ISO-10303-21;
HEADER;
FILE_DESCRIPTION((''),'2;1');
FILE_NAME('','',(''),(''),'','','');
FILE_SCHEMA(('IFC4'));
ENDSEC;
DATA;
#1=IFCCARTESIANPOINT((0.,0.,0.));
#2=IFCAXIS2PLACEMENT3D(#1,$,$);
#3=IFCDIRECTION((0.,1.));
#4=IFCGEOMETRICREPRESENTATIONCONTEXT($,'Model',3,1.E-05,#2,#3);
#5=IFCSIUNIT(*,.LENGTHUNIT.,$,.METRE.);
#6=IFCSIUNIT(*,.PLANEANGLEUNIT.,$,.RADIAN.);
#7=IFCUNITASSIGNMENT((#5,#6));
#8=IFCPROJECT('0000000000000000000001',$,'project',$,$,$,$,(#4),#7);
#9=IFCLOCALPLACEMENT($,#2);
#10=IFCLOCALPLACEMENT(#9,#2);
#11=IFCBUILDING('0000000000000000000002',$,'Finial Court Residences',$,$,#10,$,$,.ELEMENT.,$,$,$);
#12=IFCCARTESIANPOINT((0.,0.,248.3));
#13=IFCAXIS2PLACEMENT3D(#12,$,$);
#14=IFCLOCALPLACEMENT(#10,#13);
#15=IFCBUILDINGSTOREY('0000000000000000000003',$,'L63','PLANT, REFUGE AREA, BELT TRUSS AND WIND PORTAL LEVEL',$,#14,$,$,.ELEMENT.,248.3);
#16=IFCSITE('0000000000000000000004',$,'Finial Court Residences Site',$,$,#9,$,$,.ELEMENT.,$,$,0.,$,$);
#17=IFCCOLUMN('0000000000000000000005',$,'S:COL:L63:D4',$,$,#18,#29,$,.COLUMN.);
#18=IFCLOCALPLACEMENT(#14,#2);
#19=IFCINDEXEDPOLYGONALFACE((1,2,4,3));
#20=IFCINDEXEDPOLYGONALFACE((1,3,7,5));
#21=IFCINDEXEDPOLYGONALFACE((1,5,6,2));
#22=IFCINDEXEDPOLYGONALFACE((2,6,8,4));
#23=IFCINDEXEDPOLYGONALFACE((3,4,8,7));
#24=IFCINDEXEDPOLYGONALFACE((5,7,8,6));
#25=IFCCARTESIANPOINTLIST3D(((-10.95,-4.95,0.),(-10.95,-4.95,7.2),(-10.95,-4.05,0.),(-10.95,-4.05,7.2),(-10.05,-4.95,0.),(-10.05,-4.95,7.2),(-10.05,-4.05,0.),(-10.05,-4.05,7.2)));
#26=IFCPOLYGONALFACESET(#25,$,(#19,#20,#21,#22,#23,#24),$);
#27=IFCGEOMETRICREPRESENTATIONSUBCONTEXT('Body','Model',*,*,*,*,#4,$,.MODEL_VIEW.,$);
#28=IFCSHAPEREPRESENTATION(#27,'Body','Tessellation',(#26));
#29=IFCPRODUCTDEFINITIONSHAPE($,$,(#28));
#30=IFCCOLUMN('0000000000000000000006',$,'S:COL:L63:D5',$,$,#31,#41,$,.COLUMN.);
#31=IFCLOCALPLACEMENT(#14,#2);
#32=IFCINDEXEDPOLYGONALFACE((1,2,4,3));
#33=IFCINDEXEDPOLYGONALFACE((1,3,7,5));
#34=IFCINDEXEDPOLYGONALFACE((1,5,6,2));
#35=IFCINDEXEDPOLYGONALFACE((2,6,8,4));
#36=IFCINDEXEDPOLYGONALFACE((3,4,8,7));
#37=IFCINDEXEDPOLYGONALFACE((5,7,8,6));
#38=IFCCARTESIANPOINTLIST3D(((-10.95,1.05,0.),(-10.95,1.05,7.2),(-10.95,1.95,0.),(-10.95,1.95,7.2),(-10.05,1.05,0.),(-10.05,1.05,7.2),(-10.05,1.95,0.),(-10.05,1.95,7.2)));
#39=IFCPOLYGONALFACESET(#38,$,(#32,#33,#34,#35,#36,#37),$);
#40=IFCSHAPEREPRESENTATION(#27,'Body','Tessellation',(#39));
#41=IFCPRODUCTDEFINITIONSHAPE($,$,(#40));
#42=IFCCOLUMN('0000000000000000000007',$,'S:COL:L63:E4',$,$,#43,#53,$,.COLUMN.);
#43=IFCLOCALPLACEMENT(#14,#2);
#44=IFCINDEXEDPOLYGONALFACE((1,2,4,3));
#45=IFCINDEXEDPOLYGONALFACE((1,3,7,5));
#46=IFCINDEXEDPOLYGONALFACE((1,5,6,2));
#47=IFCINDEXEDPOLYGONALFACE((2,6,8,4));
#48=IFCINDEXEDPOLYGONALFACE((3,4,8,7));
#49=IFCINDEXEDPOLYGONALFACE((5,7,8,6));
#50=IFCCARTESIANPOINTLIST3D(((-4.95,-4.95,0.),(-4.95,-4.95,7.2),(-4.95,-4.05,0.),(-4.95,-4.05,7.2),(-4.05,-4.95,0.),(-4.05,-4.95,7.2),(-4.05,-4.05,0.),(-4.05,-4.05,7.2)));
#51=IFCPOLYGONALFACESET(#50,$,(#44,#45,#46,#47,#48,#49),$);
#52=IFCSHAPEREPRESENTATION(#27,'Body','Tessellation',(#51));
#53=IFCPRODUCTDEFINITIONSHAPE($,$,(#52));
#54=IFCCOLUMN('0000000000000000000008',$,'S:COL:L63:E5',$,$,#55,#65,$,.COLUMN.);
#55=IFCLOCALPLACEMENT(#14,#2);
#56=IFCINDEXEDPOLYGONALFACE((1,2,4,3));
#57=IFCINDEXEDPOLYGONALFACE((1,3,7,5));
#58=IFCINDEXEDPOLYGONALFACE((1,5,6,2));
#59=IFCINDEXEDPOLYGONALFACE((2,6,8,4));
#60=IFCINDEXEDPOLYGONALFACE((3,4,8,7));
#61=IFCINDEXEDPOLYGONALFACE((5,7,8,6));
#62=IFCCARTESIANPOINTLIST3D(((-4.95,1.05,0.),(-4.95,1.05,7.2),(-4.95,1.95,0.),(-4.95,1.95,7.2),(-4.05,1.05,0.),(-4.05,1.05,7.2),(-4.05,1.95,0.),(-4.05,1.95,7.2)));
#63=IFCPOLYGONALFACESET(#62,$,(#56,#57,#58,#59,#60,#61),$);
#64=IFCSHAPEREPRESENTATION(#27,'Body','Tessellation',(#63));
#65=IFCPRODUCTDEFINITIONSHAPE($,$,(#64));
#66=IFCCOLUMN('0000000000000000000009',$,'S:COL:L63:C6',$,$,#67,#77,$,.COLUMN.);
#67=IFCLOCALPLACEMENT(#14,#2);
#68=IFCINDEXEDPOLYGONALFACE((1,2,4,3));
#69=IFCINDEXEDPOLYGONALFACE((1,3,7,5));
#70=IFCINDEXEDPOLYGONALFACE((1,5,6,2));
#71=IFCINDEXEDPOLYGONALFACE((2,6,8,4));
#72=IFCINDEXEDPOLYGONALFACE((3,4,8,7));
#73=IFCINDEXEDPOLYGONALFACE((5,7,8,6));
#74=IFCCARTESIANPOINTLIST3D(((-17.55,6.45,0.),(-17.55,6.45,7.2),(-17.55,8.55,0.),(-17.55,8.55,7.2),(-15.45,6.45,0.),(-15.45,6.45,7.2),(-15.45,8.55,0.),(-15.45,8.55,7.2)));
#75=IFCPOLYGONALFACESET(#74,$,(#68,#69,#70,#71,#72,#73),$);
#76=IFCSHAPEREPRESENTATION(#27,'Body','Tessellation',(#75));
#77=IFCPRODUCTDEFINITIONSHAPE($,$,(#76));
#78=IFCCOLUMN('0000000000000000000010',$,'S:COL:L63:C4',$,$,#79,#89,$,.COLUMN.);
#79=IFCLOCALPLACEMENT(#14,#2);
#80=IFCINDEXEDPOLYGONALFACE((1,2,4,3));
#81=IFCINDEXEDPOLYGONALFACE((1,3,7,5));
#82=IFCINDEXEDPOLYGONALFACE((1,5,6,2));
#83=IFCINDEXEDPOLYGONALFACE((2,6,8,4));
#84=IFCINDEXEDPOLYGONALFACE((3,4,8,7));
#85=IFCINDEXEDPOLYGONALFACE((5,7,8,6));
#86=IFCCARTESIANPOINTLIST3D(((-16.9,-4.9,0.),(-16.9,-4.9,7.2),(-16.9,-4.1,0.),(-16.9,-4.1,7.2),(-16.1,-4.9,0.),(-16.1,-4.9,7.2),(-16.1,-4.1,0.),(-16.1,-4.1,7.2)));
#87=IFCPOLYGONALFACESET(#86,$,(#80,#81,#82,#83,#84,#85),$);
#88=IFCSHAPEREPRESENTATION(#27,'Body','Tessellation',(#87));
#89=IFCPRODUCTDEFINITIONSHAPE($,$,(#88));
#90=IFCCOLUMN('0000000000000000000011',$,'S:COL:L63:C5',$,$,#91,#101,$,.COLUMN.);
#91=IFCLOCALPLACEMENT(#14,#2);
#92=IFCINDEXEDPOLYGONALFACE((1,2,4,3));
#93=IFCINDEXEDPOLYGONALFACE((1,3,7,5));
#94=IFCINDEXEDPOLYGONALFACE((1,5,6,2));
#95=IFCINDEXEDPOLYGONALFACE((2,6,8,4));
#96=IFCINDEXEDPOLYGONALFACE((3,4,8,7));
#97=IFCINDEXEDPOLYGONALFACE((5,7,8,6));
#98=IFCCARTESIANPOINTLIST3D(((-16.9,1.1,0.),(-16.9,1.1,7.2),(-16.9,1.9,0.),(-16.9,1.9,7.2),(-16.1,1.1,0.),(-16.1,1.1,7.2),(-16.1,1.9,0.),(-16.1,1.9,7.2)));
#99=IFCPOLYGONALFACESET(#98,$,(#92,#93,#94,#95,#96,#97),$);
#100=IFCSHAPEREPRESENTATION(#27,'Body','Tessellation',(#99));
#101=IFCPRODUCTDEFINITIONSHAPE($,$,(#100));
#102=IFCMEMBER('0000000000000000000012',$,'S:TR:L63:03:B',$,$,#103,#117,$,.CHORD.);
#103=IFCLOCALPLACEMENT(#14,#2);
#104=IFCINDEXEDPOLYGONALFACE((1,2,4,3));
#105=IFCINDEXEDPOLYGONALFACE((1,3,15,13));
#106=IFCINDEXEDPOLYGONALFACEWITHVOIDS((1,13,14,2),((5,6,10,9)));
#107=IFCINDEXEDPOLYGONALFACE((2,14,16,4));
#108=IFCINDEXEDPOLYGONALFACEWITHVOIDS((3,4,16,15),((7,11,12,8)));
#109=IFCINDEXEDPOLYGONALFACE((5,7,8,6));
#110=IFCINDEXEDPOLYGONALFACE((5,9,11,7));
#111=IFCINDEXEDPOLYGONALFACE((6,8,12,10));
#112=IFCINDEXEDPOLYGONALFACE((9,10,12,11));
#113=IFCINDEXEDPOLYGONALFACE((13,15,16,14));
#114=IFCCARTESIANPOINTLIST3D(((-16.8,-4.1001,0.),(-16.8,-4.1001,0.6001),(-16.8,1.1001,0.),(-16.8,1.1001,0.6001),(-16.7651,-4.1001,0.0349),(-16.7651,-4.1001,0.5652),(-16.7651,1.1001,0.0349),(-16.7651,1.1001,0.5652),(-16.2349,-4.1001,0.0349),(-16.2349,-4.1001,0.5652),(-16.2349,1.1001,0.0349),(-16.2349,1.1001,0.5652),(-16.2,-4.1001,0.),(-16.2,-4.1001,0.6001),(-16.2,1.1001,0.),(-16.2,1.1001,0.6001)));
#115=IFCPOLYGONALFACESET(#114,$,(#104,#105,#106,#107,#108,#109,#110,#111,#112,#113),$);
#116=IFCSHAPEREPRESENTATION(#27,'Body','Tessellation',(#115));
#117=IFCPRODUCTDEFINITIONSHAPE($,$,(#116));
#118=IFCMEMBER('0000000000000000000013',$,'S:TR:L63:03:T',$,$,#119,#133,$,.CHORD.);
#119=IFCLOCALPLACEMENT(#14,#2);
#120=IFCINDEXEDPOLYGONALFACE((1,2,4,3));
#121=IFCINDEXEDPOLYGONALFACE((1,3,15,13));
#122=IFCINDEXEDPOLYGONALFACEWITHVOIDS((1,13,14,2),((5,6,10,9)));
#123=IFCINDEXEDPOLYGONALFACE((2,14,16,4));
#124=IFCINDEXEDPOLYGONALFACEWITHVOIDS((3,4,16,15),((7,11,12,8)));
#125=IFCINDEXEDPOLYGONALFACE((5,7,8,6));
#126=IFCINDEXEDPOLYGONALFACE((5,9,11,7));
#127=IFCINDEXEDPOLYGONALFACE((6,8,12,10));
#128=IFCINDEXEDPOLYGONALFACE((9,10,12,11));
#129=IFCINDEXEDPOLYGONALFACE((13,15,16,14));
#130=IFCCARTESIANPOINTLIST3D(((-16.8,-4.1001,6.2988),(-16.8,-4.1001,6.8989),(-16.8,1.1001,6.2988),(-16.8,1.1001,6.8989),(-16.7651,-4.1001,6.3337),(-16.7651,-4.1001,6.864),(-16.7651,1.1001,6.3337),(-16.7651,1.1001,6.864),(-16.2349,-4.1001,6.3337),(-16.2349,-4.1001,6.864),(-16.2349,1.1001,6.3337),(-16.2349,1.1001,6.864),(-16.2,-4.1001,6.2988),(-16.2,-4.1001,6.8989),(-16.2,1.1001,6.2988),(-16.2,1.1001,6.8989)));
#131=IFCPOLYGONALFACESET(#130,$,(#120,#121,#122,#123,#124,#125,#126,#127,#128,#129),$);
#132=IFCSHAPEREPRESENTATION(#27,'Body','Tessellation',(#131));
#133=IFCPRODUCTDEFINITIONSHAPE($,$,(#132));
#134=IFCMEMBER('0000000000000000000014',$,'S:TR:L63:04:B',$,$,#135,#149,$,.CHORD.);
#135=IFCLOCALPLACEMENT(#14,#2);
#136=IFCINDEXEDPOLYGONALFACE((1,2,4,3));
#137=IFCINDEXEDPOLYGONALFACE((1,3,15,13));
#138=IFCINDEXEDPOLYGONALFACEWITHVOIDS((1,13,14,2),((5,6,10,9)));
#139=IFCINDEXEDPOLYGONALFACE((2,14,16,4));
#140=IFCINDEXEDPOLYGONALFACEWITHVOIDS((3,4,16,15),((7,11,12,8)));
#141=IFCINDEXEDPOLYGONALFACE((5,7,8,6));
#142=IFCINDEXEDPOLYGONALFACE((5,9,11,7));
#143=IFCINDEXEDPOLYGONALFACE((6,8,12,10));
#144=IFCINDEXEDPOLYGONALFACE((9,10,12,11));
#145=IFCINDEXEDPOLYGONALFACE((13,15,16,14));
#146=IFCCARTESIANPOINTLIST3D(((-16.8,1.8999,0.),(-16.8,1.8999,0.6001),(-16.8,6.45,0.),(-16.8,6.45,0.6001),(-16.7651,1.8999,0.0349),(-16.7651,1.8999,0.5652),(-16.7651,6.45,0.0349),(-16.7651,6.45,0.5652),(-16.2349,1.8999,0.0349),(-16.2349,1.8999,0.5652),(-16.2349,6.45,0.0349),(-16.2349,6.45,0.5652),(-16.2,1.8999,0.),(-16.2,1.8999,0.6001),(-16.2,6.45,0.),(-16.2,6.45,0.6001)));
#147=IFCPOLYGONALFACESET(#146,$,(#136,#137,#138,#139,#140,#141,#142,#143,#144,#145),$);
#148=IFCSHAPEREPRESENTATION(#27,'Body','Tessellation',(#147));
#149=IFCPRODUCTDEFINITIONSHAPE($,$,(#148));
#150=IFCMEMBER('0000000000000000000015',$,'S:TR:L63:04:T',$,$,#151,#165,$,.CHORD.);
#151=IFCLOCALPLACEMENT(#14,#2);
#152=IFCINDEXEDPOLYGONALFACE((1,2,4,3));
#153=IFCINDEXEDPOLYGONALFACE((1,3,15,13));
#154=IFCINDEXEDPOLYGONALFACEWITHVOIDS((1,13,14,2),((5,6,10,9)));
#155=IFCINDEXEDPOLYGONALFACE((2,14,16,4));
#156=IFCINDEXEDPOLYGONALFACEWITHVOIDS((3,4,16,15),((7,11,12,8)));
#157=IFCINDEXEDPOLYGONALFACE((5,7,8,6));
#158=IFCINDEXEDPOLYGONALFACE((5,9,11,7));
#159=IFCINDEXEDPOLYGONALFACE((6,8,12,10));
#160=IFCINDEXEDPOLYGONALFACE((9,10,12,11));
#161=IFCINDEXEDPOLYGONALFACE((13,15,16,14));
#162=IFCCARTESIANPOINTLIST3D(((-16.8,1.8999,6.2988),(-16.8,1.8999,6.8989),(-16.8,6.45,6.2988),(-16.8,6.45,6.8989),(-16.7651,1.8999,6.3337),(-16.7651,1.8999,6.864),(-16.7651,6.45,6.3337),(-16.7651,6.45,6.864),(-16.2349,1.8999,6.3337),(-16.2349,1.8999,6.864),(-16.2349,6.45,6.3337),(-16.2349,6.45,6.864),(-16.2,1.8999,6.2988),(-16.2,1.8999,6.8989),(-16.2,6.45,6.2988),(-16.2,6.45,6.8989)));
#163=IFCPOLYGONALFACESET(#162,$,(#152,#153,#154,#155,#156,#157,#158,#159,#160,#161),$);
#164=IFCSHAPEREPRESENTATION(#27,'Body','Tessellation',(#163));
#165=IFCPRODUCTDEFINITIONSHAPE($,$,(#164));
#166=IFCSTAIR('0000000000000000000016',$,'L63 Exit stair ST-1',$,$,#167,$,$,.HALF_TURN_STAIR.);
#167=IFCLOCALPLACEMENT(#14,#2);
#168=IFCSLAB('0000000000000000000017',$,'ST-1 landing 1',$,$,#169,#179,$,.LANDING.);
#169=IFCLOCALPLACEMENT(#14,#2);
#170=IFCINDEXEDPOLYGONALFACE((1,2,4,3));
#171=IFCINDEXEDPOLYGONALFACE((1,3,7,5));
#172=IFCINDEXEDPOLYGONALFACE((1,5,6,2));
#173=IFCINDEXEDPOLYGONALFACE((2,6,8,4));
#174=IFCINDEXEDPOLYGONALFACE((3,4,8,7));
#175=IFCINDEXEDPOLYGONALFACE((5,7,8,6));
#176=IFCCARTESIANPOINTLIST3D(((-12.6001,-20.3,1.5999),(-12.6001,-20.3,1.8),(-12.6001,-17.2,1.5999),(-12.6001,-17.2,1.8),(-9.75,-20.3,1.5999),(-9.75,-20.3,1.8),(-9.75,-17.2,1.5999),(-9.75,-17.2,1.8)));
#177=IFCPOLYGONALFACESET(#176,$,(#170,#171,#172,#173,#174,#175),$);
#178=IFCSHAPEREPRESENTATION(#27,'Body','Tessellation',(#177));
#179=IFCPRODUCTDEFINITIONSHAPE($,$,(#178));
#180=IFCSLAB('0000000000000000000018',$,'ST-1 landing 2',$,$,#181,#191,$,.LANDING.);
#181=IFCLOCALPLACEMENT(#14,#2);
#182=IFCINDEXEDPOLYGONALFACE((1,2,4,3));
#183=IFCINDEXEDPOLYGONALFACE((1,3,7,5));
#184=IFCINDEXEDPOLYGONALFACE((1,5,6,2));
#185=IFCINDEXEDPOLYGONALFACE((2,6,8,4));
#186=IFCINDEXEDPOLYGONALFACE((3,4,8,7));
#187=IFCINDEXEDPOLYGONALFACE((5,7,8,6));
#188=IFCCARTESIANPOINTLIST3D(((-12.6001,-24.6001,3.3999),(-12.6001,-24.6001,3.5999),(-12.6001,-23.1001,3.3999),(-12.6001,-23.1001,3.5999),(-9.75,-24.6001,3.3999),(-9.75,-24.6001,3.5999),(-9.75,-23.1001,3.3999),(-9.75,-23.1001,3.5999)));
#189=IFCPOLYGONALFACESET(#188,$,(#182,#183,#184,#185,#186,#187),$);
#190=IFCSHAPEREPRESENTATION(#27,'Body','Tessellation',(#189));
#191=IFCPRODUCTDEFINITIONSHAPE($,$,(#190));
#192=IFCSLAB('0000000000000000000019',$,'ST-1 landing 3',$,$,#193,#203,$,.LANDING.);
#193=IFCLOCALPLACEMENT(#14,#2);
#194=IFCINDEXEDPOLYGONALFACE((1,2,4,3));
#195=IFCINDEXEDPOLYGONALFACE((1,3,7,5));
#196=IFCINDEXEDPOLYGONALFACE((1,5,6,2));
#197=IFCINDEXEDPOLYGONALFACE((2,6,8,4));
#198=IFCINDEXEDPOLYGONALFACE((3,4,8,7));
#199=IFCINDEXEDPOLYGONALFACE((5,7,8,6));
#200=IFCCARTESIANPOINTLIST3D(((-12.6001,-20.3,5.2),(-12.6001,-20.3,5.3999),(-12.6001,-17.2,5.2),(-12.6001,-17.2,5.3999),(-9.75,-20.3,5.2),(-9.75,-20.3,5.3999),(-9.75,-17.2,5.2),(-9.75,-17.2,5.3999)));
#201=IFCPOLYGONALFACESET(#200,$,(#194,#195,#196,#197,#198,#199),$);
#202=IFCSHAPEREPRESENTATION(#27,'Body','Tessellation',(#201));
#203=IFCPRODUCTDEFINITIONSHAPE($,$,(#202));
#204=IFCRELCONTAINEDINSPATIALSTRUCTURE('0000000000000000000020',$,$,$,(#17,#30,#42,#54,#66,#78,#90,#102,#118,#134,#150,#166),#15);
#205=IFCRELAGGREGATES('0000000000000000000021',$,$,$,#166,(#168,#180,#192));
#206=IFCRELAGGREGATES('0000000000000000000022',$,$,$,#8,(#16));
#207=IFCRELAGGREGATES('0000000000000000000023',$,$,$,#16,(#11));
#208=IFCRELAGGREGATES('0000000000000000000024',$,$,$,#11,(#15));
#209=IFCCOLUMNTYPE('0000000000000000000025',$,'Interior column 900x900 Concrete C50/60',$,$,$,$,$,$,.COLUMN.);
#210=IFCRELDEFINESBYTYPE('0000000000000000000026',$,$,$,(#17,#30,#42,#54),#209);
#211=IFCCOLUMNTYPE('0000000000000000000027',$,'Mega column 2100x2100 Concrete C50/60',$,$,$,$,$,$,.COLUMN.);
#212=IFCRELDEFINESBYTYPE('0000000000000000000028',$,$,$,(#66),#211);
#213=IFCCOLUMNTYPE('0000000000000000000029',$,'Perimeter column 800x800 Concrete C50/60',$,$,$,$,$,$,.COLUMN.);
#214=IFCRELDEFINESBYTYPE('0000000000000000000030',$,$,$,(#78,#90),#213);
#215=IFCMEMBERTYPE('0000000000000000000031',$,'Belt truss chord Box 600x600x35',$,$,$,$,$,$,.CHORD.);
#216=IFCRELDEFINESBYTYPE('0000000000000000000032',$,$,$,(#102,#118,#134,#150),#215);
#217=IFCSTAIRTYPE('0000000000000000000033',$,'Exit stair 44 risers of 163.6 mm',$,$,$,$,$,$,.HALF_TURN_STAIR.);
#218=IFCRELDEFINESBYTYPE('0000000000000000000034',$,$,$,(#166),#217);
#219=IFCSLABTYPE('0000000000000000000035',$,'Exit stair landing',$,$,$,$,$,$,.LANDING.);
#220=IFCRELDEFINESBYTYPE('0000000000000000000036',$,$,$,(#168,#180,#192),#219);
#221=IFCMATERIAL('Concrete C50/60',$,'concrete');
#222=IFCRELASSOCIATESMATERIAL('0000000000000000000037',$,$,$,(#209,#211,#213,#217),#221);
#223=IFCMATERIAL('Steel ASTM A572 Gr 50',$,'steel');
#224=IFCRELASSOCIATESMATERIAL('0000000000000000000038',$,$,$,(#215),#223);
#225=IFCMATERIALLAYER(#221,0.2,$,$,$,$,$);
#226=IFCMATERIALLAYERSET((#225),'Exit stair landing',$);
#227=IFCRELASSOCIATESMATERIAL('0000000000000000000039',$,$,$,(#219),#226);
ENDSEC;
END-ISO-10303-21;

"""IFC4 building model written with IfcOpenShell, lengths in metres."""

from ifc_helpers import new_model, si_unit, direction, frame, origin, origin_2d, place, context, subcontext, project, spatial, polyline, rectangle, hollow_rectangle, outline, extrude, material, layer, layer_set, material_profile, profile_set, type_object, element, aggregate, save


model = new_model("IFC4")

# Units and contexts
model_context = context("Model", 3, precision=1e-05, world=origin(), true_north=direction((0.0, 1.0)))
body_context = subcontext(model_context, "Body", "Model", "MODEL_VIEW")
ifc_project = project(units=[si_unit("LENGTHUNIT", "METRE"), si_unit("PLANEANGLEUNIT", "RADIAN")], contexts=[model_context])

# Site, building, storey
site_placement = place(None, origin())
site = spatial("IfcSite", under=ifc_project, at=site_placement, Name="Finial Court Residences Site", CompositionType="ELEMENT", RefElevation=0.0)
building_placement = place(site_placement, origin())
building = spatial("IfcBuilding", under=site, at=building_placement, Name="Finial Court Residences", CompositionType="ELEMENT")
storey_placement = place(building_placement, frame((0.0, 0.0, 248.3)))
storey = spatial("IfcBuildingStorey", under=building, at=storey_placement, Name="L63", Description="PLANT, REFUGE AREA, BELT TRUSS AND WIND PORTAL LEVEL", CompositionType="ELEMENT", Elevation=248.3)

# Columns
ifc_material_1 = material(Name="Concrete C50/60", Category="concrete")
ifc_material_profile_1 = material_profile(ifc_material_1, rectangle(XDim=0.8999, YDim=0.8999, at=origin_2d()), Name="900x900")
ifc_profile_set_1 = profile_set([ifc_material_profile_1], Name="Concrete C50/60")
column_type_1 = type_object("IfcColumnType", Name="Interior column 900x900 Concrete C50/60", PredefinedType="COLUMN", material=ifc_profile_set_1)
for number, where, z_axis, x_axis, name in (
    (1, (-10.5, -4.5, 0.0), (0.0, 0.0, 1.0), (1.0, 0.0, 0.0), "S:COL:L63:D4"),
    (2, (-10.5, 1.5, 0.0), (0.0, 0.0, 1.0), (1.0, 0.0, 0.0), "S:COL:L63:D5"),
    (3, (-4.5, -4.5, 0.0), (0.0, 0.0, 1.0), (1.0, 0.0, 0.0), "S:COL:L63:E4"),
    (4, (-4.5, 1.5, 0.0), (0.0, 0.0, 1.0), (1.0, 0.0, 0.0), "S:COL:L63:E5"),
):
    element("IfcColumn", number, at=place(storey_placement, frame(where, z_axis=z_axis, x_axis=x_axis)), inside=storey, type_object=column_type_1, Name=name, PredefinedType="COLUMN", context=body_context, shape_type="SweptSolid", body=[
        extrude(rectangle(XDim=0.8999, YDim=0.8999, at=origin_2d()), origin(), (0.0, 0.0, 1.0), 7.2),
    ])
ifc_material_profile_2 = material_profile(ifc_material_1, rectangle(XDim=2.1001, YDim=2.1001, at=origin_2d()), Name="2100x2100")
ifc_profile_set_2 = profile_set([ifc_material_profile_2], Name="Concrete C50/60")
column_type_2 = type_object("IfcColumnType", Name="Mega column 2100x2100 Concrete C50/60", PredefinedType="COLUMN", material=ifc_profile_set_2)
column_placement = place(storey_placement, frame((-16.5, 7.5, 0.0), z_axis=(0.0, 0.0, 1.0), x_axis=(1.0, 0.0, 0.0)))
element("IfcColumn", 5, at=column_placement, inside=storey, type_object=column_type_2, Name="S:COL:L63:C6", PredefinedType="COLUMN", context=body_context, shape_type="SweptSolid", body=[
    extrude(rectangle(XDim=2.1001, YDim=2.1001, at=origin_2d()), origin(), (0.0, 0.0, 1.0), 7.2),
])
ifc_material_profile_3 = material_profile(ifc_material_1, rectangle(XDim=0.8, YDim=0.8, at=origin_2d()), Name="800x800")
ifc_profile_set_3 = profile_set([ifc_material_profile_3], Name="Concrete C50/60")
column_type_3 = type_object("IfcColumnType", Name="Perimeter column 800x800 Concrete C50/60", PredefinedType="COLUMN", material=ifc_profile_set_3)
for number, where, z_axis, x_axis, name in (
    (6, (-16.5, -4.5, 0.0), (0.0, 0.0, 1.0), (1.0, 0.0, 0.0), "S:COL:L63:C4"),
    (7, (-16.5, 1.5, 0.0), (0.0, 0.0, 1.0), (1.0, 0.0, 0.0), "S:COL:L63:C5"),
):
    element("IfcColumn", number, at=place(storey_placement, frame(where, z_axis=z_axis, x_axis=x_axis)), inside=storey, type_object=column_type_3, Name=name, PredefinedType="COLUMN", context=body_context, shape_type="SweptSolid", body=[
        extrude(rectangle(XDim=0.8, YDim=0.8, at=origin_2d()), origin(), (0.0, 0.0, 1.0), 7.2),
    ])

# Members
ifc_material_2 = material(Name="Steel ASTM A572 Gr 50", Category="steel")
ifc_material_profile_4 = material_profile(ifc_material_2, hollow_rectangle(XDim=0.6001, YDim=0.6001, WallThickness=0.0349, at=origin_2d()), Name="Box 600x600x35")
ifc_profile_set_4 = profile_set([ifc_material_profile_4], Name="Steel ASTM A572 Gr 50")
member_type = type_object("IfcMemberType", Name="Belt truss chord Box 600x600x35", PredefinedType="CHORD", material=ifc_profile_set_4)
for number, where, z_axis, x_axis, name in (
    (8, (-16.5, -4.1001, 0.3), (0.0, 1.0, 0.0), (-1.0, 0.0, 0.0), "S:TR:L63:03:B"),
    (9, (-16.5, -4.1001, 6.5989), (0.0, 1.0, 0.0), (-1.0, 0.0, 0.0), "S:TR:L63:03:T"),
):
    element("IfcMember", number, at=place(storey_placement, frame(where, z_axis=z_axis, x_axis=x_axis)), inside=storey, type_object=member_type, Name=name, PredefinedType="CHORD", context=body_context, shape_type="SweptSolid", body=[
        extrude(hollow_rectangle(XDim=0.6001, YDim=0.6001, WallThickness=0.0349, at=origin_2d()), origin(), (0.0, 0.0, 1.0), 5.2002),
    ])
for number, where, z_axis, x_axis, name in (
    (10, (-16.5, 1.8999, 0.3), (0.0, 1.0, 0.0), (-1.0, 0.0, 0.0), "S:TR:L63:04:B"),
    (11, (-16.5, 1.8999, 6.5989), (0.0, 1.0, 0.0), (-1.0, 0.0, 0.0), "S:TR:L63:04:T"),
):
    element("IfcMember", number, at=place(storey_placement, frame(where, z_axis=z_axis, x_axis=x_axis)), inside=storey, type_object=member_type, Name=name, PredefinedType="CHORD", context=body_context, shape_type="SweptSolid", body=[
        extrude(hollow_rectangle(XDim=0.6001, YDim=0.6001, WallThickness=0.0349, at=origin_2d()), origin(), (0.0, 0.0, 1.0), 4.55),
    ])

# Stair, slabs
stair_type = type_object("IfcStairType", Name="Exit stair 44 risers of 163.6 mm", PredefinedType="HALF_TURN_STAIR", material=ifc_material_1)
stair_1_placement = place(storey_placement, origin())
stair_1 = element("IfcStair", 12, at=stair_1_placement, inside=storey, type_object=stair_type, Name="L63 Exit stair ST-1", PredefinedType="HALF_TURN_STAIR")
ifc_layer_1 = layer(ifc_material_1, 0.2)
ifc_layer_set_1 = layer_set([ifc_layer_1], Name="Exit stair landing")
slab_type_1 = type_object("IfcSlabType", Name="Exit stair landing", PredefinedType="LANDING", material=ifc_layer_set_1)
slab_1_placement = place(storey_placement, frame((0.0, 0.0, 1.5999)))
slab_1 = element("IfcSlab", 13, at=slab_1_placement, type_object=slab_type_1, Name="ST-1 landing 1", PredefinedType="LANDING", context=body_context, shape_type="SweptSolid", body=[
    extrude(outline(polyline([(-9.75, -20.3), (-9.75, -17.2), (-12.6001, -17.2), (-12.6001, -20.3), (-9.75, -20.3)])), origin(), (0.0, 0.0, 1.0), 0.2002),
])
slab_2_placement = place(storey_placement, frame((0.0, 0.0, 3.3999)))
slab_2 = element("IfcSlab", 14, at=slab_2_placement, type_object=slab_type_1, Name="ST-1 landing 2", PredefinedType="LANDING", context=body_context, shape_type="SweptSolid", body=[
    extrude(outline(polyline([(-9.75, -24.6001), (-9.75, -23.1001), (-12.6001, -23.1001), (-12.6001, -24.6001), (-9.75, -24.6001)])), origin(), (0.0, 0.0, 1.0), 0.2),
])
slab_3_placement = place(storey_placement, frame((0.0, 0.0, 5.2)))
slab_3 = element("IfcSlab", 15, at=slab_3_placement, type_object=slab_type_1, Name="ST-1 landing 3", PredefinedType="LANDING", context=body_context, shape_type="SweptSolid", body=[
    extrude(outline(polyline([(-9.75, -20.3), (-9.75, -17.2), (-12.6001, -17.2), (-12.6001, -20.3), (-9.75, -20.3)])), origin(), (0.0, 0.0, 1.0), 0.2),
])
aggregate(stair_1, [slab_1, slab_2, slab_3])

save(model, "model.ifc")
